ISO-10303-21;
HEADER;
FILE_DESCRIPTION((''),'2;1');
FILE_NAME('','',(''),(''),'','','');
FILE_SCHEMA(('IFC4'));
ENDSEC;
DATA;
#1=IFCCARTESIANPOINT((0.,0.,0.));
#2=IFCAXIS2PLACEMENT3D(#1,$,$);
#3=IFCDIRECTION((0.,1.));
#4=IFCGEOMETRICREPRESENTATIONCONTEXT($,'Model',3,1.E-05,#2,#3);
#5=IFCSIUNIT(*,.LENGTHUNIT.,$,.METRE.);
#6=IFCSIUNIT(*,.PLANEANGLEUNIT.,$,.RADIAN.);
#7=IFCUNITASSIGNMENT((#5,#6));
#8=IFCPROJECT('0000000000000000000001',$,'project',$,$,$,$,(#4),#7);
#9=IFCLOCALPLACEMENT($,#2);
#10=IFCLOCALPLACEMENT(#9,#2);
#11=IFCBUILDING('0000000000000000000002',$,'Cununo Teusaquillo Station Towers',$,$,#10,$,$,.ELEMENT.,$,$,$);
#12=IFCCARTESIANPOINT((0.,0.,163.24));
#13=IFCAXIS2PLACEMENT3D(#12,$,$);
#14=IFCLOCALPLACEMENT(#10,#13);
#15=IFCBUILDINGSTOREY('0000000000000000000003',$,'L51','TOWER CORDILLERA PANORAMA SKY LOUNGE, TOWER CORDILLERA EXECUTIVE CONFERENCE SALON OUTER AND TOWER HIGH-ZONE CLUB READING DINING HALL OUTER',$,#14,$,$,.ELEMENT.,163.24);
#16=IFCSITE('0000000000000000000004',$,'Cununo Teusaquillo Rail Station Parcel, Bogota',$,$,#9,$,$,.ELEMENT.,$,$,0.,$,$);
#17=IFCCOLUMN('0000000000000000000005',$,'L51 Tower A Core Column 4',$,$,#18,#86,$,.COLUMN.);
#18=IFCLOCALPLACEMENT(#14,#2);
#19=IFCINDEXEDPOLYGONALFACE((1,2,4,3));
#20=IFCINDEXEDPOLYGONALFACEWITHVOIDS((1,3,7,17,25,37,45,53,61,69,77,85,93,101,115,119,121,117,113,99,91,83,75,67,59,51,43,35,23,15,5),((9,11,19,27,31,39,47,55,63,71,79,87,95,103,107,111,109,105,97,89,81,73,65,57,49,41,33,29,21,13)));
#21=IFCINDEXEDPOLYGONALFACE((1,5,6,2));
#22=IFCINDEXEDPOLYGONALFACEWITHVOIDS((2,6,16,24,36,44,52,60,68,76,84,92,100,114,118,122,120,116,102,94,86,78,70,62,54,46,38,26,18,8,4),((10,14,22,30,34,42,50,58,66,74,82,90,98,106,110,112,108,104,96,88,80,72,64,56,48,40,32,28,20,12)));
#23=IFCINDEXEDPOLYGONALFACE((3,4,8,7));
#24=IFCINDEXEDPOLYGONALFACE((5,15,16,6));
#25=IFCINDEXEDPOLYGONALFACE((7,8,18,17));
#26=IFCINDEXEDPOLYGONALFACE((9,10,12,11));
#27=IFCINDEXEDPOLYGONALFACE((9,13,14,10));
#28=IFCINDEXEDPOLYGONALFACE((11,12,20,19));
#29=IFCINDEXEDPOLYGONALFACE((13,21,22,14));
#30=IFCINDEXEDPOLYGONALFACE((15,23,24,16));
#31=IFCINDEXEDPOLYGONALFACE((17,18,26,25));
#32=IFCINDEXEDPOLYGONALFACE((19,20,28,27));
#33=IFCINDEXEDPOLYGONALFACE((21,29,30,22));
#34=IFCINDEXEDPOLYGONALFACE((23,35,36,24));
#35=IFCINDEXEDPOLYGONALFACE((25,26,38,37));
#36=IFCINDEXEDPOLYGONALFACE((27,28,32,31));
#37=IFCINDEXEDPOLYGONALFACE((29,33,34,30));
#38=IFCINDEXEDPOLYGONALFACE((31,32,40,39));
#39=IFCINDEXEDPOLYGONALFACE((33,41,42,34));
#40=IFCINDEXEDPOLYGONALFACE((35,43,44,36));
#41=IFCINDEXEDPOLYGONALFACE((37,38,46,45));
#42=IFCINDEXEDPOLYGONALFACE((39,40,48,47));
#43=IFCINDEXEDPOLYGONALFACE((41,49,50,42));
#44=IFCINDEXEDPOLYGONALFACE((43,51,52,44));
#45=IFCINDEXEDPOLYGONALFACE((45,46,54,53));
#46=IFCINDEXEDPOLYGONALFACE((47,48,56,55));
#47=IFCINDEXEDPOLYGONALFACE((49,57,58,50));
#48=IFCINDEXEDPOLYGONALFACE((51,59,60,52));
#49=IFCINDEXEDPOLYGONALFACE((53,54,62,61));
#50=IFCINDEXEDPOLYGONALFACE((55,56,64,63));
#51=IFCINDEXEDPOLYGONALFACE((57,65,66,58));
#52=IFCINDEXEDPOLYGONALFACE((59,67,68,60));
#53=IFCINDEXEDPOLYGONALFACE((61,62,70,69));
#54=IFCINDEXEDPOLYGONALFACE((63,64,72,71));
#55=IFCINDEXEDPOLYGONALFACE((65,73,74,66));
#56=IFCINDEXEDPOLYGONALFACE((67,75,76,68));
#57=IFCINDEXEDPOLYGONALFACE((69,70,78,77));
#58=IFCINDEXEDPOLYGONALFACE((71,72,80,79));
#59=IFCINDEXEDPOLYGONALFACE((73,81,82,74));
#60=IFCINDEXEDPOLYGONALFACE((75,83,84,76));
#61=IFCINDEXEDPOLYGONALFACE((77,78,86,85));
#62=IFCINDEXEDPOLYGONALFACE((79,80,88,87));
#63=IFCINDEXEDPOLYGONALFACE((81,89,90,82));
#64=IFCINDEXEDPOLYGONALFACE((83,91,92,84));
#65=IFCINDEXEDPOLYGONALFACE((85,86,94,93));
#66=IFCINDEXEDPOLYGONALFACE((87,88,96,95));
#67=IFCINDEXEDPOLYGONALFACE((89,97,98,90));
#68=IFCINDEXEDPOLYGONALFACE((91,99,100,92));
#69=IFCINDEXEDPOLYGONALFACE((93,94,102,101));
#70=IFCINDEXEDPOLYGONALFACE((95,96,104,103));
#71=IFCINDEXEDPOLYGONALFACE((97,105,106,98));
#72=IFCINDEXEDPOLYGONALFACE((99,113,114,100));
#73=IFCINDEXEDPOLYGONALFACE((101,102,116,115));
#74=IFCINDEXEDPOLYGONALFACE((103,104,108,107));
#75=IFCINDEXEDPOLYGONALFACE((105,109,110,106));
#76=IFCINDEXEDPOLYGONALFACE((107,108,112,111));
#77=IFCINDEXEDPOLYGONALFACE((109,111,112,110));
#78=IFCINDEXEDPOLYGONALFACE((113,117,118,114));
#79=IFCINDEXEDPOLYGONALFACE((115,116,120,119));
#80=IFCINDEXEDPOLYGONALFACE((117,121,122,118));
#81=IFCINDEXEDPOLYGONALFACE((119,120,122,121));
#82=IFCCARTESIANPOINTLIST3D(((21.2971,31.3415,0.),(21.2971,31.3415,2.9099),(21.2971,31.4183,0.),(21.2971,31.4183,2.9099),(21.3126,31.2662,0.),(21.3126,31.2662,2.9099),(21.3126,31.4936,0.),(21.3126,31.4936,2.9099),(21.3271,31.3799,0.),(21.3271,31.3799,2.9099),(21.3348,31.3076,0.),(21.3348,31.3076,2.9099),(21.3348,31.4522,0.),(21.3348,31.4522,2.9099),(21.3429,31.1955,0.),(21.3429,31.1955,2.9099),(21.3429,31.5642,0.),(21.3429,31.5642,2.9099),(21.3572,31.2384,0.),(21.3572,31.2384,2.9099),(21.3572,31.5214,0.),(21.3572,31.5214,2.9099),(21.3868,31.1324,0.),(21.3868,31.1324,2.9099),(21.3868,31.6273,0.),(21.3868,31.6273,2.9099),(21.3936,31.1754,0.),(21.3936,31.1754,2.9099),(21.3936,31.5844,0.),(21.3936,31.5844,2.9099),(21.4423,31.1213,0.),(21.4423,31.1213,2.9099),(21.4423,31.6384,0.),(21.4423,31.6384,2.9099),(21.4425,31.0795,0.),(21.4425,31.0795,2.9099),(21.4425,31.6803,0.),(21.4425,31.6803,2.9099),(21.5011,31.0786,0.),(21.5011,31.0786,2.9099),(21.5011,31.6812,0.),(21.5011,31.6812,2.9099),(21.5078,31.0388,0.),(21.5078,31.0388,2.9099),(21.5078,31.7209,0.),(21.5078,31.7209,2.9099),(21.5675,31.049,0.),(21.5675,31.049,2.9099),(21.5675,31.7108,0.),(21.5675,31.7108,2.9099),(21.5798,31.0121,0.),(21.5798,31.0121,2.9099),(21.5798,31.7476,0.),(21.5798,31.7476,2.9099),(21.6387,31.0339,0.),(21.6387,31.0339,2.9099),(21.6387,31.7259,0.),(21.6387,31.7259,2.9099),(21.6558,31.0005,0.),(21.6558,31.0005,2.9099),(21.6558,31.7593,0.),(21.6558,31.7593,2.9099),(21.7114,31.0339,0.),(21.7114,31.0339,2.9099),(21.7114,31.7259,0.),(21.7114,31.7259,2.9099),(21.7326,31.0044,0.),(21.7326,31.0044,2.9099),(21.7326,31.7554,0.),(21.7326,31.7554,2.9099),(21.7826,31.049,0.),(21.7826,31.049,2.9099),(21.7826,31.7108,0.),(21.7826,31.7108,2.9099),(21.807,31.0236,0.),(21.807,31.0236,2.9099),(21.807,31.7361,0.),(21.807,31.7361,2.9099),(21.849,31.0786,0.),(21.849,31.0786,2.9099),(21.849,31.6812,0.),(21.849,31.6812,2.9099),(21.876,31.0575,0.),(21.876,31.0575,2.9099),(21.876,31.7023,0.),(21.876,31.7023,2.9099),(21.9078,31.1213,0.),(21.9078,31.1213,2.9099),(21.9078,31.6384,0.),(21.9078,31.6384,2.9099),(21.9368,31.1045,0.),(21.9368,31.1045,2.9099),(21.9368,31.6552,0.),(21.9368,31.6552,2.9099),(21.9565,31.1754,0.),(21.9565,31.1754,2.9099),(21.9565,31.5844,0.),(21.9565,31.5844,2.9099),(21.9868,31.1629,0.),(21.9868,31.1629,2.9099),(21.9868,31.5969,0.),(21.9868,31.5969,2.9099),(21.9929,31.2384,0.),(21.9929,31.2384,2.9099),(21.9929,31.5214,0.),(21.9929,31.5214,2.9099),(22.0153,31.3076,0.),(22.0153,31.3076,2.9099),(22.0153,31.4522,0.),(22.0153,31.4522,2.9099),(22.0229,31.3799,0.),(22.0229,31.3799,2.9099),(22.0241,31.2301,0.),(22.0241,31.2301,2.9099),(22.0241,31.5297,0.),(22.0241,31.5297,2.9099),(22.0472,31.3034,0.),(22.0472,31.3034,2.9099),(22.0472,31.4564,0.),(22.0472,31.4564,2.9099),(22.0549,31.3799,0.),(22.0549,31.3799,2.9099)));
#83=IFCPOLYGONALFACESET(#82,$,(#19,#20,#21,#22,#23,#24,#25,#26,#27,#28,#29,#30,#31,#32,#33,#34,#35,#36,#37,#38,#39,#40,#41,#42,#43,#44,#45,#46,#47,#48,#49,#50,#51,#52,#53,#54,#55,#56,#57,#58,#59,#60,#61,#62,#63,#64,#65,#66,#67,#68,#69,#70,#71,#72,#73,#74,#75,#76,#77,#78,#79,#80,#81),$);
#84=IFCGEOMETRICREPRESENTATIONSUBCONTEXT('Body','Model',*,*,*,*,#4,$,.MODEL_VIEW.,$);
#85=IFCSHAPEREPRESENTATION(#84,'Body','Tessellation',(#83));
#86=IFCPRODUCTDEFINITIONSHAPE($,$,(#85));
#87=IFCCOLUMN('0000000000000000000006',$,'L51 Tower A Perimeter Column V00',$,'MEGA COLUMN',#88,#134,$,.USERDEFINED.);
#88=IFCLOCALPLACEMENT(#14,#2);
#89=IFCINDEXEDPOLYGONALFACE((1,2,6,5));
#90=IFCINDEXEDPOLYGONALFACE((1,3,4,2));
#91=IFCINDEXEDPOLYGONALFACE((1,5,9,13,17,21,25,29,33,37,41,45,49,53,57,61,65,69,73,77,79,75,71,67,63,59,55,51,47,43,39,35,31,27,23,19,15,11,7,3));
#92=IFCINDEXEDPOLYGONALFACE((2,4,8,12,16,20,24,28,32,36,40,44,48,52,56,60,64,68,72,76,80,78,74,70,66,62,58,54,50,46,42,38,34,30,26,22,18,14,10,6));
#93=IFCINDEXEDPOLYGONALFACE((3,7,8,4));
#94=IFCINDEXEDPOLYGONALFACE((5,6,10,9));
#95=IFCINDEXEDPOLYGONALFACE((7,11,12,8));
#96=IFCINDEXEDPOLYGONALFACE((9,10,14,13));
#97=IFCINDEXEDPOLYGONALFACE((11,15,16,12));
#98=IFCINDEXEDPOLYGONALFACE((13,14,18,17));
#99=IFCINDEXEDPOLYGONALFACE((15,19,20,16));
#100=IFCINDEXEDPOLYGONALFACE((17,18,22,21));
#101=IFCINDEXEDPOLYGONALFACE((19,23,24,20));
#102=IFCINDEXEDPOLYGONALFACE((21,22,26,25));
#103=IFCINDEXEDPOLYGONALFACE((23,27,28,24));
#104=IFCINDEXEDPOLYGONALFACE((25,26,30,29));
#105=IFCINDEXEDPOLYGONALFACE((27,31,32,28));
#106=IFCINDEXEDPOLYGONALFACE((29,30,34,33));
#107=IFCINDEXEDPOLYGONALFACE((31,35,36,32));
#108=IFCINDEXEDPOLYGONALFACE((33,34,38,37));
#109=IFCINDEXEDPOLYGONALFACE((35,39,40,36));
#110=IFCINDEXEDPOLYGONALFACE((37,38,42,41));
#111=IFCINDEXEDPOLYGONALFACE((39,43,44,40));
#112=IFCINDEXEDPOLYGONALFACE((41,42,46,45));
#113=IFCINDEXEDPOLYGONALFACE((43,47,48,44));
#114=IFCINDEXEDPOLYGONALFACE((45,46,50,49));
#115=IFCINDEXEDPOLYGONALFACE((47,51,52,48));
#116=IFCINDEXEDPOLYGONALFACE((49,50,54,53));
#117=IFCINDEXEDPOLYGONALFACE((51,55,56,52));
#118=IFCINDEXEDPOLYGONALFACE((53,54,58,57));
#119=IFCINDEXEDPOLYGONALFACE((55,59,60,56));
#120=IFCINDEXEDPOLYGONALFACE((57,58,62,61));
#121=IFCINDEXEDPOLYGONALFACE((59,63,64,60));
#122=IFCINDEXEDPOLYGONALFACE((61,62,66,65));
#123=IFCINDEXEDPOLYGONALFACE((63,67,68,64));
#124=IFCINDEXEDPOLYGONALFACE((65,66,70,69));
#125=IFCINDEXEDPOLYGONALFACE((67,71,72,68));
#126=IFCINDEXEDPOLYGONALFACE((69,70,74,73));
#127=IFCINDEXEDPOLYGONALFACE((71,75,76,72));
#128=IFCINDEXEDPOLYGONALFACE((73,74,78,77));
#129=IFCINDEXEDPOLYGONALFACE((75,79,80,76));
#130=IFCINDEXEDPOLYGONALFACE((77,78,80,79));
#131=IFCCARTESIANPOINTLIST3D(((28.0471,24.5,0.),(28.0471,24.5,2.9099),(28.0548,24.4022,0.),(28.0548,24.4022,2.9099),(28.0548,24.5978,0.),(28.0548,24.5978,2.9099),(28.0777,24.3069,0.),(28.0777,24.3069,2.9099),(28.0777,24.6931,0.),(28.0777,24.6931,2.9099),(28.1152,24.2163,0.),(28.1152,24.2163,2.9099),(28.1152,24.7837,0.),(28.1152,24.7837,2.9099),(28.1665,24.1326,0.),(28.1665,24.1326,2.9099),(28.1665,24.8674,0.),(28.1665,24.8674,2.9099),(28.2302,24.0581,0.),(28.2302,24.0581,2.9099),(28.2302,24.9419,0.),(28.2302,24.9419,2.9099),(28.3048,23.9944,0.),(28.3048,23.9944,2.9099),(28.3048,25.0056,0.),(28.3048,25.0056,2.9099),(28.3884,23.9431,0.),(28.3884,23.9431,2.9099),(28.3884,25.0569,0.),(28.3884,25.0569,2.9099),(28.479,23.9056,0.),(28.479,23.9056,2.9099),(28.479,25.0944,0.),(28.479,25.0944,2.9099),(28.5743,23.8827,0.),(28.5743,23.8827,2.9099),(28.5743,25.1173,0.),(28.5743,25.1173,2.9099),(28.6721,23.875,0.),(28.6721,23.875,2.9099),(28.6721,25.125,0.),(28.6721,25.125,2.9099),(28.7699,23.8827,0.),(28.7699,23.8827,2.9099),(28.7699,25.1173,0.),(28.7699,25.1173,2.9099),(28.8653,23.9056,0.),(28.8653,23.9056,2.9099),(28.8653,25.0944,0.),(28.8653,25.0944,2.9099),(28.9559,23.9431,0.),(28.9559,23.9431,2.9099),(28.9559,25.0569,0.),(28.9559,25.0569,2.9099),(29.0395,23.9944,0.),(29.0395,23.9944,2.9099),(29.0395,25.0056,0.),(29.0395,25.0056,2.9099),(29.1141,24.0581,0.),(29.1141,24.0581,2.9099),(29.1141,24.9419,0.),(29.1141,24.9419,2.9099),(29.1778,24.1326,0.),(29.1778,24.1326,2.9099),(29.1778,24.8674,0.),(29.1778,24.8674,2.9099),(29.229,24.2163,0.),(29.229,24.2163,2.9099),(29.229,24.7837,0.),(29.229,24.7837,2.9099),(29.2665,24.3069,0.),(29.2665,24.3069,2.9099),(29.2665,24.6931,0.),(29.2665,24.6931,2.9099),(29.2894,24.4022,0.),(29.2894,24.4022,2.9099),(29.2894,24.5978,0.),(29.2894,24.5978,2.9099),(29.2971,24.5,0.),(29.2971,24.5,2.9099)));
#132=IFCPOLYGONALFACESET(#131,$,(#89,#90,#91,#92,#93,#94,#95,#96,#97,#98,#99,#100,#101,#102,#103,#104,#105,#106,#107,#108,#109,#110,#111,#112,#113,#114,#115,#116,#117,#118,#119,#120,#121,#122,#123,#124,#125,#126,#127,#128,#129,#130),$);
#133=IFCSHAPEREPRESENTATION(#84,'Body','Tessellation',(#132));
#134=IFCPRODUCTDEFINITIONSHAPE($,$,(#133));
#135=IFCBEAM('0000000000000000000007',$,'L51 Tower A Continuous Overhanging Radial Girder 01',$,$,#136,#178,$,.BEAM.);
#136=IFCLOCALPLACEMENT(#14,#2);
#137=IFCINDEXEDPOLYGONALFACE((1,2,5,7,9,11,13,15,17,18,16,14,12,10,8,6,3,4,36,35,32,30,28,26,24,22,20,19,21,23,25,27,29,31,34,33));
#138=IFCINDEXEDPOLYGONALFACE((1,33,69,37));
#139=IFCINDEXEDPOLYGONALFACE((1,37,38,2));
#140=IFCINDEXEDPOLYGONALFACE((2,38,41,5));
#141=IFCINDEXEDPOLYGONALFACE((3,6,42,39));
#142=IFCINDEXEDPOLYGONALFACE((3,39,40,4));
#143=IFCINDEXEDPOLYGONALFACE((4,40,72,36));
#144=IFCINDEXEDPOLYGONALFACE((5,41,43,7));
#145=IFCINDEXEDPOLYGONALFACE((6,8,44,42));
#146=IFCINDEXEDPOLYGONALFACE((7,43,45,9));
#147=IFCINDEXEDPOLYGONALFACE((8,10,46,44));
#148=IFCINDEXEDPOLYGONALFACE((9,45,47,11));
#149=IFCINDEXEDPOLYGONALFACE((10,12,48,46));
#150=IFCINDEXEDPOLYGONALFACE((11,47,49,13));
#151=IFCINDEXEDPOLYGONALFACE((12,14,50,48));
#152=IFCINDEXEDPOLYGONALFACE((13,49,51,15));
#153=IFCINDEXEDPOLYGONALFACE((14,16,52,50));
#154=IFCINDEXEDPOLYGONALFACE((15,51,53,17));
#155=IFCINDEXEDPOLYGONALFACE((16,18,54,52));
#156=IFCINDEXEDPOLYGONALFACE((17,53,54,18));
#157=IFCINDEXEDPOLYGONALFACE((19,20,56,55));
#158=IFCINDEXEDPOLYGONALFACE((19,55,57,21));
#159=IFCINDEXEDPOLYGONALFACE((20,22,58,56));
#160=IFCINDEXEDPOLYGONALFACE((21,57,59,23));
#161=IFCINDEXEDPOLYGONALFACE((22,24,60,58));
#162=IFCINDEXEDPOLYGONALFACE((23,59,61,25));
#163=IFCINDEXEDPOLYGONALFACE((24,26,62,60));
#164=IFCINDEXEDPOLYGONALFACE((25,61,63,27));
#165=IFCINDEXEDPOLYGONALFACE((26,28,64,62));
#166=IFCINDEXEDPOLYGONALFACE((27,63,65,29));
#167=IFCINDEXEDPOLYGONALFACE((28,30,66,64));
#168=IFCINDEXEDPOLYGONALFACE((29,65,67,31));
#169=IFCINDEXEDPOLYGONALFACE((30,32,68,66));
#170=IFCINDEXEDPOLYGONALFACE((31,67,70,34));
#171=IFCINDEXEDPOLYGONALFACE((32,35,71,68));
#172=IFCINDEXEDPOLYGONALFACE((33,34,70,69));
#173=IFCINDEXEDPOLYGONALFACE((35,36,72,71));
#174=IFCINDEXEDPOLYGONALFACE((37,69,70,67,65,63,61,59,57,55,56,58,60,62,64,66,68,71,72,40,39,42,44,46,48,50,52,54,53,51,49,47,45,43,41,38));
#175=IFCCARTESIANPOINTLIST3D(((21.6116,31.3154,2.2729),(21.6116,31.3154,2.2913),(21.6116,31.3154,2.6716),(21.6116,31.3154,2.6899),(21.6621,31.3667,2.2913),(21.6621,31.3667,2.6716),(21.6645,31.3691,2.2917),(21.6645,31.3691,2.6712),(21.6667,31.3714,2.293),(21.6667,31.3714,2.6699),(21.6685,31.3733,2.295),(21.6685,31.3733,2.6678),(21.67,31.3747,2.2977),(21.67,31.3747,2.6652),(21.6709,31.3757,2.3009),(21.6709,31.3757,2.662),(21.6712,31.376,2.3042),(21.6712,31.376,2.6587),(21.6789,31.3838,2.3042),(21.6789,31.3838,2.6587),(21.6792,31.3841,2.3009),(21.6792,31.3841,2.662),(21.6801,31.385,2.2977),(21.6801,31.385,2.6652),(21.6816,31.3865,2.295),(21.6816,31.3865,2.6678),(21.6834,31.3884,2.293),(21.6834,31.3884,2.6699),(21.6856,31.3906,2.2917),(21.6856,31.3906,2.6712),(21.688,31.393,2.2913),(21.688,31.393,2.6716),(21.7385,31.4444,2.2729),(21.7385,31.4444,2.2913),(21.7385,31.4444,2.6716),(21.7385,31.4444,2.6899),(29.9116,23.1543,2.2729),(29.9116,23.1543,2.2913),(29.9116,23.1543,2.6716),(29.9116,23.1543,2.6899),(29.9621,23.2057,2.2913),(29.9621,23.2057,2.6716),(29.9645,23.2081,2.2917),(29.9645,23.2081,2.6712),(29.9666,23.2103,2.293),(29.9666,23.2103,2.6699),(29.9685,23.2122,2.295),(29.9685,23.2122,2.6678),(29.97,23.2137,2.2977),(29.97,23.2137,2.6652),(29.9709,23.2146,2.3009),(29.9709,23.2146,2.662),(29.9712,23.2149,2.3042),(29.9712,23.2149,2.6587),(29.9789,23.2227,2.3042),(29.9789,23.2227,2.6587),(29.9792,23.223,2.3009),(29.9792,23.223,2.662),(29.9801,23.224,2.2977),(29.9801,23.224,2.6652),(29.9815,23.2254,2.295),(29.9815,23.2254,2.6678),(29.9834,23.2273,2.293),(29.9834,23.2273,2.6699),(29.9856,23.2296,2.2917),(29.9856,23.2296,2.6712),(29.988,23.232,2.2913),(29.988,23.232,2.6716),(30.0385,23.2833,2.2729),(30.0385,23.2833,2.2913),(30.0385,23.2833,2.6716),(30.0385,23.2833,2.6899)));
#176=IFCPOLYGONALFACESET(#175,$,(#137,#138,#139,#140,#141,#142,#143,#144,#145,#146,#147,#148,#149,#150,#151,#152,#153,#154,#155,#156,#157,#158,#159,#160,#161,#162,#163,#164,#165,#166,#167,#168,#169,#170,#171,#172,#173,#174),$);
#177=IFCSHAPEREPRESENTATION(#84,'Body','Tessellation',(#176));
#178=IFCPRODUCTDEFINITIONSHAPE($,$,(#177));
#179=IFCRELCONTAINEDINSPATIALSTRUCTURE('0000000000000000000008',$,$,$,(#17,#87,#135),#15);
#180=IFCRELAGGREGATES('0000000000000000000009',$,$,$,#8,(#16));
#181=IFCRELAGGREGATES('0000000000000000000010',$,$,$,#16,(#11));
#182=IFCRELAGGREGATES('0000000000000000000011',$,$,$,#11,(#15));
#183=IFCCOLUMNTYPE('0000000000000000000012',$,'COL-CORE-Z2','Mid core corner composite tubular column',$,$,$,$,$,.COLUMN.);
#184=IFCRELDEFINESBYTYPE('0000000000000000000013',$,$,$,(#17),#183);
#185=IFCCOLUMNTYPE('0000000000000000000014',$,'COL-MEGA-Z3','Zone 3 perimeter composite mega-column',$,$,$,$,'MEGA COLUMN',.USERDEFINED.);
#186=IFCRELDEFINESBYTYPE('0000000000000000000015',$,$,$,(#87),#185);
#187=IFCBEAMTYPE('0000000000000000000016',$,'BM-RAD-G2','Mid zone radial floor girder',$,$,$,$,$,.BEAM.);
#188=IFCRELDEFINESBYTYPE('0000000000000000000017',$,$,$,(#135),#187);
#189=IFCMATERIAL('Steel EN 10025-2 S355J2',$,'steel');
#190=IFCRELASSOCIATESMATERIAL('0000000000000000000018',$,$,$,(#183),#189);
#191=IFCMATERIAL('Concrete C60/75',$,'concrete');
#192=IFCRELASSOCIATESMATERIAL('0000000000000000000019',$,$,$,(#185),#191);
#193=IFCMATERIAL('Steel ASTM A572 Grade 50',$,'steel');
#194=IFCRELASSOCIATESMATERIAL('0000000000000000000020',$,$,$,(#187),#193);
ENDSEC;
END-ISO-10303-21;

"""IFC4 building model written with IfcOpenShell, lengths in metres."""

from ifc_helpers import new_model, si_unit, direction, frame, origin, origin_2d, place, context, subcontext, project, spatial, circle, hollow_circle, i_section, extrude, material, material_profile, profile_set, type_object, element, save


model = new_model("IFC4")

# Units and contexts
model_context = context("Model", 3, precision=1e-05, world=origin(), true_north=direction((0.0, 1.0)))
body_context = subcontext(model_context, "Body", "Model", "MODEL_VIEW")
ifc_project = project(units=[si_unit("LENGTHUNIT", "METRE"), si_unit("PLANEANGLEUNIT", "RADIAN")], contexts=[model_context])

# Site, building, storey
site_placement = place(None, origin())
site = spatial("IfcSite", under=ifc_project, at=site_placement, Name="Cununo Teusaquillo Rail Station Parcel, Bogota", CompositionType="ELEMENT", RefElevation=0.0)
building_placement = place(site_placement, origin())
building = spatial("IfcBuilding", under=site, at=building_placement, Name="Cununo Teusaquillo Station Towers", CompositionType="ELEMENT")
storey_placement = place(building_placement, frame((0.0, 0.0, 163.24)))
storey = spatial("IfcBuildingStorey", under=building, at=storey_placement, Name="L51", Description="TOWER CORDILLERA PANORAMA SKY LOUNGE, TOWER CORDILLERA EXECUTIVE CONFERENCE SALON OUTER AND TOWER HIGH-ZONE CLUB READING DINING HALL OUTER", CompositionType="ELEMENT", Elevation=163.24)

# Columns
ifc_material_1 = material(Name="Steel EN 10025-2 S355J2", Category="steel")
ifc_material_profile_1 = material_profile(ifc_material_1, hollow_circle(Radius=0.3799, WallThickness=0.032, at=origin_2d()), Name="CHS 760x32")
ifc_profile_set_1 = profile_set([ifc_material_profile_1], Name="Steel EN 10025-2 S355J2")
column_type_1 = type_object("IfcColumnType", Name="COL-CORE-Z2", Description="Mid core corner composite tubular column", PredefinedType="COLUMN", material=ifc_profile_set_1)
column_1_placement = place(storey_placement, frame((21.675, 31.3799, 0.0), z_axis=(0.0, 0.0, 1.0), x_axis=(1.0, 0.0, 0.0)))
element("IfcColumn", 1, at=column_1_placement, inside=storey, type_object=column_type_1, Name="L51 Tower A Core Column 4", PredefinedType="COLUMN", context=body_context, shape_type="SweptSolid", body=[
    extrude(hollow_circle(Radius=0.3799, WallThickness=0.032, at=origin_2d()), origin(), (0.0, 0.0, 1.0), 2.9099),
])
ifc_material_2 = material(Name="Concrete C60/75", Category="concrete")
ifc_material_profile_2 = material_profile(ifc_material_2, circle(Radius=0.625, at=origin_2d()), Name="RC-CIRC-1250")
ifc_profile_set_2 = profile_set([ifc_material_profile_2], Name="Concrete C60/75")
column_type_2 = type_object("IfcColumnType", Name="COL-MEGA-Z3", Description="Zone 3 perimeter composite mega-column", ElementType="MEGA COLUMN", PredefinedType="USERDEFINED", material=ifc_profile_set_2)
column_2_placement = place(storey_placement, frame((28.6721, 24.5, 0.0), z_axis=(0.0, 0.0, 1.0), x_axis=(1.0, 0.0, 0.0)))
element("IfcColumn", 2, at=column_2_placement, inside=storey, type_object=column_type_2, Name="L51 Tower A Perimeter Column V00", ObjectType="MEGA COLUMN", PredefinedType="USERDEFINED", context=body_context, shape_type="SweptSolid", body=[
    extrude(circle(Radius=0.625, at=origin_2d()), origin(), (0.0, 0.0, 1.0), 2.9099),
])

# Beam
ifc_material_3 = material(Name="Steel ASTM A572 Grade 50", Category="steel")
ifc_material_profile_3 = material_profile(ifc_material_3, i_section(OverallWidth=0.1809, OverallDepth=0.417, WebThickness=0.011, FlangeThickness=0.0183, FilletRadius=0.0129, at=origin_2d()), Name="W16X57")
ifc_profile_set_3 = profile_set([ifc_material_profile_3], Name="Steel ASTM A572 Grade 50")
beam_type_1 = type_object("IfcBeamType", Name="BM-RAD-G2", Description="Mid zone radial floor girder", PredefinedType="BEAM", material=ifc_profile_set_3)
beam_1_placement = place(storey_placement, frame((21.675, 31.3799, 2.4814), z_axis=(0.713049, -0.701115, 0.0), x_axis=(0.701115, 0.713049, 0.0)))
element("IfcBeam", 3, at=beam_1_placement, inside=storey, type_object=beam_type_1, Name="L51 Tower A Continuous Overhanging Radial Girder 01", PredefinedType="BEAM", context=body_context, shape_type="SweptSolid", body=[
    extrude(i_section(OverallWidth=0.1809, OverallDepth=0.417, WebThickness=0.011, FlangeThickness=0.0183, FilletRadius=0.0129, at=origin_2d()), origin(), (0.0, 0.0, 1.0), 11.6401),
])

save(model, "model.ifc")
